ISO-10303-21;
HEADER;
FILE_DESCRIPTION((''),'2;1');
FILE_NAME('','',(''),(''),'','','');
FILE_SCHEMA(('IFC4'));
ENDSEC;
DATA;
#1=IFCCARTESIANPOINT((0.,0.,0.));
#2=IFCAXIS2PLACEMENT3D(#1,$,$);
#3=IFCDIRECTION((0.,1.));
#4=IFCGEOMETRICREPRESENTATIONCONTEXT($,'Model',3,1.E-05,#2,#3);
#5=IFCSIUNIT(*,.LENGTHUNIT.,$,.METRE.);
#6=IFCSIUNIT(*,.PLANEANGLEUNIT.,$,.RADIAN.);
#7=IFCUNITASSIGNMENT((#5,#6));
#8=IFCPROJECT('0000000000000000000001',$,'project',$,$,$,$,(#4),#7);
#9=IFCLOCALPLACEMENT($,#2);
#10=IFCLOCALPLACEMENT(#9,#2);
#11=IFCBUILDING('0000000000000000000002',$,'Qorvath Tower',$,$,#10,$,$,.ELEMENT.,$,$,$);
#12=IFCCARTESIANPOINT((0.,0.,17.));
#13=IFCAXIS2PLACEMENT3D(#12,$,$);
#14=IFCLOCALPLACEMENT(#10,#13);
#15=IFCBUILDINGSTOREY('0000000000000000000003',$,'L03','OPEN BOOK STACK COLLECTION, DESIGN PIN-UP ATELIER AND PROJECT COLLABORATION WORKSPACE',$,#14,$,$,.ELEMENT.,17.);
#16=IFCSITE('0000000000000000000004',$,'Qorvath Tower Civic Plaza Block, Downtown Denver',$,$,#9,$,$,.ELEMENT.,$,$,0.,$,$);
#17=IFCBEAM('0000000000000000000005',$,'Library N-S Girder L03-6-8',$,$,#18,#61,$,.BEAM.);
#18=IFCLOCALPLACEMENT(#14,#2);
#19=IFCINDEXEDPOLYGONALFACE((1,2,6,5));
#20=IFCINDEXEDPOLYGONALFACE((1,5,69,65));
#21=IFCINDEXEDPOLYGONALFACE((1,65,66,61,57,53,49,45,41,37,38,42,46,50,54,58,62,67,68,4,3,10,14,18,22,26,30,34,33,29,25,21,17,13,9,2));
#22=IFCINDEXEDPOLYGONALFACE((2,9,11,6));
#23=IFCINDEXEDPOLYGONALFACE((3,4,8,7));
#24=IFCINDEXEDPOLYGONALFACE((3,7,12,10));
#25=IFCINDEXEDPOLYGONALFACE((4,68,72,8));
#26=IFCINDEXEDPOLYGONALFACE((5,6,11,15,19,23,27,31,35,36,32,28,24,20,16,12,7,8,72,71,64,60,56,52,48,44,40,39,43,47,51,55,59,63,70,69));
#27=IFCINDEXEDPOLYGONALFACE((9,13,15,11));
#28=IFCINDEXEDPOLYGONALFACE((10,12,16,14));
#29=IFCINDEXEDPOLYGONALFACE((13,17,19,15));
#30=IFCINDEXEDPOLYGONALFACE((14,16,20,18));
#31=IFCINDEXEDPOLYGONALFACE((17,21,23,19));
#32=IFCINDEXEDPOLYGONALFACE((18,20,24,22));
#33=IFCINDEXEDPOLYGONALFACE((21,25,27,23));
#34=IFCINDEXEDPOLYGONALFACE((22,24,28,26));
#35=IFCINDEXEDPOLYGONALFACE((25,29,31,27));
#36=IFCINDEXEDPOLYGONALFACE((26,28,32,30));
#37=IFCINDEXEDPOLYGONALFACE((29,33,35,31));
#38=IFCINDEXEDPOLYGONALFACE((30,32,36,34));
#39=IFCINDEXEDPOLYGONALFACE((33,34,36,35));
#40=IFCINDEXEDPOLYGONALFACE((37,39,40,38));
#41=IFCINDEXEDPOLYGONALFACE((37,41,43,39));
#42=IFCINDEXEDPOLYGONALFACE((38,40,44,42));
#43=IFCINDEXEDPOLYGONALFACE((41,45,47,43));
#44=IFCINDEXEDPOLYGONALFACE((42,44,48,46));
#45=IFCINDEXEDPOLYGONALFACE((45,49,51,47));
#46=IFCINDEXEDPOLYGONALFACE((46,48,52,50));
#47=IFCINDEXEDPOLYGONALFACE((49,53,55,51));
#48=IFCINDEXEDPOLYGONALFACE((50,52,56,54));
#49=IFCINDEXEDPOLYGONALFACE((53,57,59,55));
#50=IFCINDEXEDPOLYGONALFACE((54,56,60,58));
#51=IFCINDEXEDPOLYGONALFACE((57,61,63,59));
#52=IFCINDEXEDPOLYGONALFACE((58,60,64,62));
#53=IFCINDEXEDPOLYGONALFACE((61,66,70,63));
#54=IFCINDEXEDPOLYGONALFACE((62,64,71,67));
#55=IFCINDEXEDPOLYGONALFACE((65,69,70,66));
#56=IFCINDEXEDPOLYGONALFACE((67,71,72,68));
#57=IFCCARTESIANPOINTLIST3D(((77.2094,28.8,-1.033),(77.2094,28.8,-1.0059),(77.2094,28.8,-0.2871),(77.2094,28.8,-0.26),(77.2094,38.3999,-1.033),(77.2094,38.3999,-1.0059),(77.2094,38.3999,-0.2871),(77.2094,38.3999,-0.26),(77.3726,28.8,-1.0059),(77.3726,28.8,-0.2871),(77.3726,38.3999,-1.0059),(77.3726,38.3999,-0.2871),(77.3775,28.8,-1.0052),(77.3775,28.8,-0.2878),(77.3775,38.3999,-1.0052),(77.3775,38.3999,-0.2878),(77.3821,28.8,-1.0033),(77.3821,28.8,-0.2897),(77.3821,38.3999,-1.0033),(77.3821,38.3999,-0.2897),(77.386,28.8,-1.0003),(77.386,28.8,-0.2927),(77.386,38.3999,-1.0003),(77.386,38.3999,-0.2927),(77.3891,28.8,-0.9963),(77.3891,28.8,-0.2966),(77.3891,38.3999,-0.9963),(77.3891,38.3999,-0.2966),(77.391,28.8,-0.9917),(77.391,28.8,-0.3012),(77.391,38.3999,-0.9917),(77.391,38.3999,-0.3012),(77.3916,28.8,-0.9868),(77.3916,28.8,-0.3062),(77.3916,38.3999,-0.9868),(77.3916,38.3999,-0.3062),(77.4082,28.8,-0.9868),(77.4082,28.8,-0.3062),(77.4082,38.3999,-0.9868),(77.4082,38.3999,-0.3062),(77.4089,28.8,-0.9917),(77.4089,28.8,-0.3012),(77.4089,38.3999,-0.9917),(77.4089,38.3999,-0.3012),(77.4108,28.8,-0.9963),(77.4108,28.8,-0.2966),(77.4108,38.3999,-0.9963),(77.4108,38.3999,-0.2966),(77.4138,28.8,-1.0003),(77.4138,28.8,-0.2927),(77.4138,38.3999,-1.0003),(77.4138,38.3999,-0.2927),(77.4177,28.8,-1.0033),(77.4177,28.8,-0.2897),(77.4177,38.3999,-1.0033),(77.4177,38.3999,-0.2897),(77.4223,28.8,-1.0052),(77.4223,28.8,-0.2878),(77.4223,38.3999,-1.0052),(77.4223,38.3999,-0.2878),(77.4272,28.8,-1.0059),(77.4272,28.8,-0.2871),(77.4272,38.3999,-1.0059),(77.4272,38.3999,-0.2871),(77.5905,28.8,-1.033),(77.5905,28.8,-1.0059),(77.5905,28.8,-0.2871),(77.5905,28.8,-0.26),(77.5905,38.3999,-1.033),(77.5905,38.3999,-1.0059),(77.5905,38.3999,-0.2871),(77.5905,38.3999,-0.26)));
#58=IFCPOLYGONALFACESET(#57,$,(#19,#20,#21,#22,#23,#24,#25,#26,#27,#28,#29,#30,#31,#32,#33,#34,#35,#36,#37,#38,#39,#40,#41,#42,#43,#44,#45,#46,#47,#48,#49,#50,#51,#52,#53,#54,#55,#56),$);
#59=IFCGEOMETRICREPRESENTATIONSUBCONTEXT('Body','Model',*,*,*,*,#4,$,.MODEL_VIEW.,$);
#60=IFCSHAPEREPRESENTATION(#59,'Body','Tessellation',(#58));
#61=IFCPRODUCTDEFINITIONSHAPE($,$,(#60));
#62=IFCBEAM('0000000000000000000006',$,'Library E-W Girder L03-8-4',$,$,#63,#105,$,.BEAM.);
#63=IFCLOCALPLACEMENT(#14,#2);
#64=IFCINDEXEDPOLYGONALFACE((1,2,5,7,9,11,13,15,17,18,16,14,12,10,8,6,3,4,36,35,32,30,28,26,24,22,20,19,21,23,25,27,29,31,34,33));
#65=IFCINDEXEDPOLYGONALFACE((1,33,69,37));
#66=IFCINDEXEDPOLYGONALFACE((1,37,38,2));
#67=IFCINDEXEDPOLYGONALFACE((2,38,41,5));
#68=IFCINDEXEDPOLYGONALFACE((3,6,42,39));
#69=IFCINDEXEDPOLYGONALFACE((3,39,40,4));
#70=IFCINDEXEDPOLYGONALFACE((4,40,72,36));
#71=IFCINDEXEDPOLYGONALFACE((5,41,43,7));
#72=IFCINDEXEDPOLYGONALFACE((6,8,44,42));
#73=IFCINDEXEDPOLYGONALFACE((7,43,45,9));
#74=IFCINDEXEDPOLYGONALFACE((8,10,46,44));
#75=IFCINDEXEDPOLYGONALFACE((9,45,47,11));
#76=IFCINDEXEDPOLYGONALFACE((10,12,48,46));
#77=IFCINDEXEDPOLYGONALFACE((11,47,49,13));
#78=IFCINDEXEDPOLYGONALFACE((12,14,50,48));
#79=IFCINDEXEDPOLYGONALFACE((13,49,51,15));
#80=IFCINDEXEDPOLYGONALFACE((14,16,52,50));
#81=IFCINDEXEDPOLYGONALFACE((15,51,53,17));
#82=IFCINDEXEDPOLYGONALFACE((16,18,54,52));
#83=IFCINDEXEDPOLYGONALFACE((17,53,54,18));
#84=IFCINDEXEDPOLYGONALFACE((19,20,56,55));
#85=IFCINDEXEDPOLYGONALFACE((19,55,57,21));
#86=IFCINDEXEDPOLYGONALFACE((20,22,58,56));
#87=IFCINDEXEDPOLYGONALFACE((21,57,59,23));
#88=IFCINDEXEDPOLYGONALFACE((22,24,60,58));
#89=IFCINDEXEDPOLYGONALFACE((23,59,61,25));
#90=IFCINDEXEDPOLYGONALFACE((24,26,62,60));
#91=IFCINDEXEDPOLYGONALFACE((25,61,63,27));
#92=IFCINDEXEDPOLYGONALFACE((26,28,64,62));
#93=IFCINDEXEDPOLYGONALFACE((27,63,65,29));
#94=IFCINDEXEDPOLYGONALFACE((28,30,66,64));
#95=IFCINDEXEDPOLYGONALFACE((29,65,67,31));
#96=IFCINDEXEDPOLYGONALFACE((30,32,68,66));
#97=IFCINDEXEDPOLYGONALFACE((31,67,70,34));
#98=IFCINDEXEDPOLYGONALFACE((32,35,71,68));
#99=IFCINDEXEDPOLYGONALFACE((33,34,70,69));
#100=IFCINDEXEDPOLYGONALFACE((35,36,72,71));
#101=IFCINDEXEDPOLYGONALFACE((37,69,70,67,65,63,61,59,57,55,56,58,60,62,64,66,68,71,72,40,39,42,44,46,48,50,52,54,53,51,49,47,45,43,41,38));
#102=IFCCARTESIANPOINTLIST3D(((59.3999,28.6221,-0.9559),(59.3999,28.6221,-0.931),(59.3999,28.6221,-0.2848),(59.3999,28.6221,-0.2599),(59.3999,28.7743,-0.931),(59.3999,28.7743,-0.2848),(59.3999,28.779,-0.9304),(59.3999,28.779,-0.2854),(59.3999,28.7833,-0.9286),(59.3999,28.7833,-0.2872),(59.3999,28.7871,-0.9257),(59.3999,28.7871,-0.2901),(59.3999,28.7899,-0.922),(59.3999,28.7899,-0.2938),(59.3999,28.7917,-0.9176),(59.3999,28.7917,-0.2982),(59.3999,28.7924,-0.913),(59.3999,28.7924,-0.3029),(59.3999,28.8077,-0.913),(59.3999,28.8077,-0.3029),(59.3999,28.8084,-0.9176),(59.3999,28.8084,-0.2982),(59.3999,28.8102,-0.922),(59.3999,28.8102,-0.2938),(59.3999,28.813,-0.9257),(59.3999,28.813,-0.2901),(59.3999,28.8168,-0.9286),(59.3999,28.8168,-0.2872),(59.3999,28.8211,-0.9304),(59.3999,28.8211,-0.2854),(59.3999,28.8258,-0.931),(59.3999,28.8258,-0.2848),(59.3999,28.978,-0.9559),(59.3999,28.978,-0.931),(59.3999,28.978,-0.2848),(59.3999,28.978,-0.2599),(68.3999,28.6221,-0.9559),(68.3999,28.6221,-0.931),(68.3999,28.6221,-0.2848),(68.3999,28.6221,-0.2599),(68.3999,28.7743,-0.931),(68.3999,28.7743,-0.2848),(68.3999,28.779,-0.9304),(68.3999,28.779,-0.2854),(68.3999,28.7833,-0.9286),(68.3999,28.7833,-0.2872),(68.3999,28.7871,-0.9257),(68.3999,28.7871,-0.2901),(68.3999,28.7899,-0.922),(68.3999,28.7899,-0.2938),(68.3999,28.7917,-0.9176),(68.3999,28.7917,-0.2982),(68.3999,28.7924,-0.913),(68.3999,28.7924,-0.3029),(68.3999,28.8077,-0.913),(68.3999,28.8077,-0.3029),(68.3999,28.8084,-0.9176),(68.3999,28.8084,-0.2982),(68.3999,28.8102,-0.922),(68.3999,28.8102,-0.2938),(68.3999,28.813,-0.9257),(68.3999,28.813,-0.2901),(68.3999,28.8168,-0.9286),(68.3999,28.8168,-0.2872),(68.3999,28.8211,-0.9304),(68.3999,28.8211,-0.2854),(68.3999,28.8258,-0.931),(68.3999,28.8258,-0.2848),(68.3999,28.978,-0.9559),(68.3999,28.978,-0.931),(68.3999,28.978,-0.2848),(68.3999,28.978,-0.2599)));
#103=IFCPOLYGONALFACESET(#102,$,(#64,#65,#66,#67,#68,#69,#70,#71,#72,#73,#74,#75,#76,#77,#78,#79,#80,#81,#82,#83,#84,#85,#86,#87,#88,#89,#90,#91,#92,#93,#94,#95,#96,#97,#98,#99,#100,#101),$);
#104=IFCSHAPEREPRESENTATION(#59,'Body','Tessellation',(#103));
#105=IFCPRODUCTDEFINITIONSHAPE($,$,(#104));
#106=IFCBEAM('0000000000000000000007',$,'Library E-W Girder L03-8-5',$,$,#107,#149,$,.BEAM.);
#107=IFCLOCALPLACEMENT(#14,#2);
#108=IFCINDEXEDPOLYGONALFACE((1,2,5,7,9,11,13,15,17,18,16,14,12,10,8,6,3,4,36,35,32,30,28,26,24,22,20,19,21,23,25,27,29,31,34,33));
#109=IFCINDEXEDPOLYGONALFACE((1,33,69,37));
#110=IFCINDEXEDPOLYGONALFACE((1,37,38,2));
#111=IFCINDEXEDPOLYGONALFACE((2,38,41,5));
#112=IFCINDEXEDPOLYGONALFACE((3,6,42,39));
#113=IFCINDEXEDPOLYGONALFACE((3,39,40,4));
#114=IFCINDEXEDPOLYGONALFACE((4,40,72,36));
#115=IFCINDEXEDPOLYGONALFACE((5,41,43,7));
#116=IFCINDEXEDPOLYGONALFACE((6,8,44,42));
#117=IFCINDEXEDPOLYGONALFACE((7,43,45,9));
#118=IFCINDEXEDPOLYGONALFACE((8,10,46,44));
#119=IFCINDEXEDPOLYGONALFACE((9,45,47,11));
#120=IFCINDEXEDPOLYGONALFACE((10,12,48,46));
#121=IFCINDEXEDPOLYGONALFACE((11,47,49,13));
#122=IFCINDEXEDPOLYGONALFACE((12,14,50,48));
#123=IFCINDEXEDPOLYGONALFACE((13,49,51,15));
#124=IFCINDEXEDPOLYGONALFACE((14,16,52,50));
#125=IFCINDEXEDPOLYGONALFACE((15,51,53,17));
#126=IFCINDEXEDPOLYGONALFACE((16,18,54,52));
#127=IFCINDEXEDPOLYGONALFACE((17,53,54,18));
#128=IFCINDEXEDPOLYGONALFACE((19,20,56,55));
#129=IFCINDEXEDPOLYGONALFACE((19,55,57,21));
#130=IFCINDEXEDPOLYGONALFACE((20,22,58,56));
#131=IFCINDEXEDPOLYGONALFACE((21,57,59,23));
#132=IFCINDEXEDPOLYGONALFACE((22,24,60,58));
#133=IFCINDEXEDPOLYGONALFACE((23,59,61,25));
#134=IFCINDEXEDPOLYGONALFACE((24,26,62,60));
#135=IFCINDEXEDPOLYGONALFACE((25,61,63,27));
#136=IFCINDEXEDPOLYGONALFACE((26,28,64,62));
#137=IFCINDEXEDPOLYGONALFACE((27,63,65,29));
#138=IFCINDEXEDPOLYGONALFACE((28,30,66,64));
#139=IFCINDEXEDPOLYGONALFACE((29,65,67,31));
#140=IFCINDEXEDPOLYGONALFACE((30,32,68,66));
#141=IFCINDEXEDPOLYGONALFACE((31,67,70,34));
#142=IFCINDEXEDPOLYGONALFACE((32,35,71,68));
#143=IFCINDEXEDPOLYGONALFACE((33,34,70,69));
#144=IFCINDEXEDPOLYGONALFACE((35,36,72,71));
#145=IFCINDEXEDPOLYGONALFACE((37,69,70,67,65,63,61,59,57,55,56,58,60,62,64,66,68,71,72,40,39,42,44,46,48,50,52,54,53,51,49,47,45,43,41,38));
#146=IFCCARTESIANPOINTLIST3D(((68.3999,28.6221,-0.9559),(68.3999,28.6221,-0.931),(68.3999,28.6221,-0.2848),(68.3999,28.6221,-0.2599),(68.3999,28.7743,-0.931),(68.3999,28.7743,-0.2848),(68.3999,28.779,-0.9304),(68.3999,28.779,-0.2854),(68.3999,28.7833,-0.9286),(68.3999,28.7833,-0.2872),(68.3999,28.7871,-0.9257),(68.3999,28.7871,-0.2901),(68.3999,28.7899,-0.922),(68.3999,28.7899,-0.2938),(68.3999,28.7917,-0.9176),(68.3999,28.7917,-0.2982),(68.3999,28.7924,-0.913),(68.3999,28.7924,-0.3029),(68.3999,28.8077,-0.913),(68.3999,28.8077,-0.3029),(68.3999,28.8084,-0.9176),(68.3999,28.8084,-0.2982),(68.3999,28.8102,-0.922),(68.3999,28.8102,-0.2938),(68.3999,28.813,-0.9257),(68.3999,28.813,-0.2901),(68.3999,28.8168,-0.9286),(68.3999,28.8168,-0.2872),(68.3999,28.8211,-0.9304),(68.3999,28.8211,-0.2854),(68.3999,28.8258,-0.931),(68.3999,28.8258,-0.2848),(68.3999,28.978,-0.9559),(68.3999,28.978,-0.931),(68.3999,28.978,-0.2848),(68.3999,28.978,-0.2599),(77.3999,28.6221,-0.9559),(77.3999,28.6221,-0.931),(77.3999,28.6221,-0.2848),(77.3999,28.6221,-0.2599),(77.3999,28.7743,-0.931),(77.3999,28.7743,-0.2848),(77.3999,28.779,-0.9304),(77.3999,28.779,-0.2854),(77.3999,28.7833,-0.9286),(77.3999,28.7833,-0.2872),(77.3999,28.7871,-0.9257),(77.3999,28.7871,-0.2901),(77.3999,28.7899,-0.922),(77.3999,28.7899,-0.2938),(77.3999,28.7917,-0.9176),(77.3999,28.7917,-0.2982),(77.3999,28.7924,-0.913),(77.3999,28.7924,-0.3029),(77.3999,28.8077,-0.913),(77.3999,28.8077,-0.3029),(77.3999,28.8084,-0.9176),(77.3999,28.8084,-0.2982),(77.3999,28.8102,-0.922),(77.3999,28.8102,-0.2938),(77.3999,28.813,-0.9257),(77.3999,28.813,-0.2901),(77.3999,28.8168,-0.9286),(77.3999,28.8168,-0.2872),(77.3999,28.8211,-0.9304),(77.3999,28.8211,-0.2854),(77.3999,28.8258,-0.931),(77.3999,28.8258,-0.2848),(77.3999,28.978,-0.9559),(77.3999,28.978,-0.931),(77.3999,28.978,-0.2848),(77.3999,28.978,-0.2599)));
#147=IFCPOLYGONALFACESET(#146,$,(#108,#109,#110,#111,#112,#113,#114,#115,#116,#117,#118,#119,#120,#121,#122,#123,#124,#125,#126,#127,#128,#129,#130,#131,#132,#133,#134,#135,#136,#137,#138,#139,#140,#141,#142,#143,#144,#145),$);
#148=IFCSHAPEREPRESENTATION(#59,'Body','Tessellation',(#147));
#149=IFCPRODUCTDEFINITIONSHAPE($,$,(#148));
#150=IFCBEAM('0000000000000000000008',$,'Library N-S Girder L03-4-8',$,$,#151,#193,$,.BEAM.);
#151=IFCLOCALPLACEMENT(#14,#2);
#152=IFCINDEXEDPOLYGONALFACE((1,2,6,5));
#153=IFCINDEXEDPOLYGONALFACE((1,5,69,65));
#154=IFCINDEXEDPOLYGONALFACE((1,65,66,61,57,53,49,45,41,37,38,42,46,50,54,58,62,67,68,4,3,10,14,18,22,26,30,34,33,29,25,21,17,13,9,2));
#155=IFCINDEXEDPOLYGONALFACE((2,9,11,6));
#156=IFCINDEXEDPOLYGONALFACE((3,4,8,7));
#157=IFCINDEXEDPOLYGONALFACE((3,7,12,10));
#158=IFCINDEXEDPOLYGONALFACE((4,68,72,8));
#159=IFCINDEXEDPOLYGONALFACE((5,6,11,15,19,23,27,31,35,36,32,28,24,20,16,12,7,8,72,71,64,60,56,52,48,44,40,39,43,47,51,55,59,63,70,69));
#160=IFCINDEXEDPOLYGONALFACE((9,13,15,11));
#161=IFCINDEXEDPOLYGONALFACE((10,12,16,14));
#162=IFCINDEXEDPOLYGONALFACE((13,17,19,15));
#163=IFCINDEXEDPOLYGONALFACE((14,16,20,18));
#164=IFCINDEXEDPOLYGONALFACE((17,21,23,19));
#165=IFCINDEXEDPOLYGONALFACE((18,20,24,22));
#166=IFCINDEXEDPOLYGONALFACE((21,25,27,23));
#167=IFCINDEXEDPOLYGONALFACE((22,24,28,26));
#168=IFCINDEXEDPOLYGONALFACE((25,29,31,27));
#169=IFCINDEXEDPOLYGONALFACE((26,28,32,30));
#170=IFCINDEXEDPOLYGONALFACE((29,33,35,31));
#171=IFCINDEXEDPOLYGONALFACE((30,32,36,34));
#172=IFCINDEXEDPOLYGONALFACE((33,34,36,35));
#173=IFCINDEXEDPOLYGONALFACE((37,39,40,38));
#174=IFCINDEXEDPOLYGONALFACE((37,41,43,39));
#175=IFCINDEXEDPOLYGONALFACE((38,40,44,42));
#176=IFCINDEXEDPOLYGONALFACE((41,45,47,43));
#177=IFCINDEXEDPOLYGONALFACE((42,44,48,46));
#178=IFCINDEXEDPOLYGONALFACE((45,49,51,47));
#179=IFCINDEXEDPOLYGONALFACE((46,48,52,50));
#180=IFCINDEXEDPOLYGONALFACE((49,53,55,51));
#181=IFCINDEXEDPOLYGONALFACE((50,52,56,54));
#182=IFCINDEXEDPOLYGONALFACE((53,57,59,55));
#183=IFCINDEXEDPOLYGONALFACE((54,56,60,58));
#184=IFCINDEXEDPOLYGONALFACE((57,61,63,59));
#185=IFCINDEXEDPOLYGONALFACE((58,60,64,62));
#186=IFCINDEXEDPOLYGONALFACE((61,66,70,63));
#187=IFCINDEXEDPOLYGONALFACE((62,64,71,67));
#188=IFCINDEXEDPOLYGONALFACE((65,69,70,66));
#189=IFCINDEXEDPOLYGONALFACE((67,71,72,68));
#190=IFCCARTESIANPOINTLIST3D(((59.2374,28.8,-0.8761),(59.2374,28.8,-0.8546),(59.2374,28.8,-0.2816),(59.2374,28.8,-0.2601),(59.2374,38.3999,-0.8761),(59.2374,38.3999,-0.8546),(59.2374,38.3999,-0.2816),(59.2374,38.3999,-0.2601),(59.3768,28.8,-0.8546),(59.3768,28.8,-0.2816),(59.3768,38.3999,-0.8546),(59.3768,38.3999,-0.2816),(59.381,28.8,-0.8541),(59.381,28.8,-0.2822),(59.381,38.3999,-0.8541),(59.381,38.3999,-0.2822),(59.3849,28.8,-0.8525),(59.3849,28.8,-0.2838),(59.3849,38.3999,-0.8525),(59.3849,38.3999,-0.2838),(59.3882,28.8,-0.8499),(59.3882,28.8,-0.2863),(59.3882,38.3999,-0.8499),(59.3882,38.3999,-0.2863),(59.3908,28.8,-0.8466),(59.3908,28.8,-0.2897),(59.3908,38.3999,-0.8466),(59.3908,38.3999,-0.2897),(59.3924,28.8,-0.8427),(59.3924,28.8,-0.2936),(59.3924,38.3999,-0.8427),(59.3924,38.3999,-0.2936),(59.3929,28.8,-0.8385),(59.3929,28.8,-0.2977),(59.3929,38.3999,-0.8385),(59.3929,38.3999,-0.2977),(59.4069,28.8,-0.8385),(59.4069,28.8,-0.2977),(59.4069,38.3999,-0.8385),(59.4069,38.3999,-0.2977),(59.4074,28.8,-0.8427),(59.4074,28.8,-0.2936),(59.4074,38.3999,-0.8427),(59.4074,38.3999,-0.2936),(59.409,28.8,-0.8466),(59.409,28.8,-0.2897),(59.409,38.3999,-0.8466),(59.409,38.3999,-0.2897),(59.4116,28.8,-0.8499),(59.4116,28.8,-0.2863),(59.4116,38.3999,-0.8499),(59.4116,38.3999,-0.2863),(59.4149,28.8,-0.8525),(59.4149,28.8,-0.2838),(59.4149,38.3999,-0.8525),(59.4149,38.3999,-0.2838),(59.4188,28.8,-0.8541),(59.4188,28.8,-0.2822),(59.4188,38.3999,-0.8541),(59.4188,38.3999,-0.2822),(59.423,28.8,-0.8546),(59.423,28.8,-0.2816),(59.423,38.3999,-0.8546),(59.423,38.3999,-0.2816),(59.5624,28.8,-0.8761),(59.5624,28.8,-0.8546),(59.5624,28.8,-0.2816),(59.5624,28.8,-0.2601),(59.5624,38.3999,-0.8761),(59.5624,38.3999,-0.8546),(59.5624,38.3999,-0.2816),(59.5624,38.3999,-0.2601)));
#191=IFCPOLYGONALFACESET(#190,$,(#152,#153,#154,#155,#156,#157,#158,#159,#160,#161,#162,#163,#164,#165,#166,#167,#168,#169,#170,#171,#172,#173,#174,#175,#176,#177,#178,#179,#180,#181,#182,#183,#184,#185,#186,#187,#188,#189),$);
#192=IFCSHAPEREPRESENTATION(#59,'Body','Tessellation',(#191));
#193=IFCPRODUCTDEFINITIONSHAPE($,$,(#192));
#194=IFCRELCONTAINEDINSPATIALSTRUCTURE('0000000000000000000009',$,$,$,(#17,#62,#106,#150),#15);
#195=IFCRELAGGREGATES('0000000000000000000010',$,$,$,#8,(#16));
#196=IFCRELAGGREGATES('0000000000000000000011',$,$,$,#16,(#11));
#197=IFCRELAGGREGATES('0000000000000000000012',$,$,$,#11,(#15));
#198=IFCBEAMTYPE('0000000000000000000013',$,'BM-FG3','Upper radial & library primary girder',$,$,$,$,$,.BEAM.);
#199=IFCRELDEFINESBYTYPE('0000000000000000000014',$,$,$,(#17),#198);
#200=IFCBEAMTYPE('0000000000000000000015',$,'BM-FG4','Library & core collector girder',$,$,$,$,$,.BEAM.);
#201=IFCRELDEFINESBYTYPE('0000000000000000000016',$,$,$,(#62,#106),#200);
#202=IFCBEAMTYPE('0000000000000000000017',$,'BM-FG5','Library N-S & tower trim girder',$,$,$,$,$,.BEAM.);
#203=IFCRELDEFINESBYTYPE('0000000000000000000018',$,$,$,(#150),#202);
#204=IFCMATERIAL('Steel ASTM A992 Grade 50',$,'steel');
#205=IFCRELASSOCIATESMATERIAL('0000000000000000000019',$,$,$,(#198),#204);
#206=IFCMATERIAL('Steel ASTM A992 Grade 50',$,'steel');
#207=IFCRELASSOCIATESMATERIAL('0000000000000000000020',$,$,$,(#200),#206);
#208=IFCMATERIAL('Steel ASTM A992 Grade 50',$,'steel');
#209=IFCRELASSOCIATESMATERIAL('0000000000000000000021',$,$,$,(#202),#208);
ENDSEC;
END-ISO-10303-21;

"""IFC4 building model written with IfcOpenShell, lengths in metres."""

from ifc_helpers import new_model, si_unit, direction, frame, origin, origin_2d, place, context, subcontext, project, spatial, i_section, extrude, material, material_profile, profile_set, type_object, element, save


model = new_model("IFC4")

# Units and contexts
model_context = context("Model", 3, precision=1e-05, world=origin(), true_north=direction((0.0, 1.0)))
body_context = subcontext(model_context, "Body", "Model", "MODEL_VIEW")
ifc_project = project(units=[si_unit("LENGTHUNIT", "METRE"), si_unit("PLANEANGLEUNIT", "RADIAN")], contexts=[model_context])

# Site, building, storey
site_placement = place(None, origin())
site = spatial("IfcSite", under=ifc_project, at=site_placement, Name="Qorvath Tower Civic Plaza Block, Downtown Denver", CompositionType="ELEMENT", RefElevation=0.0)
building_placement = place(site_placement, origin())
building = spatial("IfcBuilding", under=site, at=building_placement, Name="Qorvath Tower", CompositionType="ELEMENT")
storey_placement = place(building_placement, frame((0.0, 0.0, 17.0)))
storey = spatial("IfcBuildingStorey", under=building, at=storey_placement, Name="L03", Description="OPEN BOOK STACK COLLECTION, DESIGN PIN-UP ATELIER AND PROJECT COLLABORATION WORKSPACE", CompositionType="ELEMENT", Elevation=17.0)

# Beams
ifc_material_1 = material(Name="Steel ASTM A992 Grade 50", Category="steel")
ifc_material_profile_1 = material_profile(ifc_material_1, i_section(OverallWidth=0.3811, OverallDepth=0.7729, WebThickness=0.0166, FlangeThickness=0.0271, FilletRadius=0.019, at=origin_2d()), Name="W30x173")
ifc_profile_set_1 = profile_set([ifc_material_profile_1], Name="Steel ASTM A992 Grade 50")
beam_type_1 = type_object("IfcBeamType", Name="BM-FG3", Description="Upper radial & library primary girder", PredefinedType="BEAM", material=ifc_profile_set_1)
beam_1_placement = place(storey_placement, frame((77.3999, 28.8, -0.6465), z_axis=(0.0, 1.0, 0.0), x_axis=(-1.0, 0.0, 0.0)))
element("IfcBeam", 1, at=beam_1_placement, inside=storey, type_object=beam_type_1, Name="Library N-S Girder L03-6-8", PredefinedType="BEAM", context=body_context, shape_type="SweptSolid", body=[
    extrude(i_section(OverallWidth=0.3811, OverallDepth=0.7729, WebThickness=0.0166, FlangeThickness=0.0271, FilletRadius=0.019, at=origin_2d()), origin(), (0.0, 0.0, 1.0), 9.5999),
])
ifc_material_2 = material(Name="Steel ASTM A992 Grade 50", Category="steel")
ifc_material_profile_2 = material_profile(ifc_material_2, i_section(OverallWidth=0.356, OverallDepth=0.696, WebThickness=0.0154, FlangeThickness=0.0249, FilletRadius=0.0181, at=origin_2d()), Name="W27x146")
ifc_profile_set_2 = profile_set([ifc_material_profile_2], Name="Steel ASTM A992 Grade 50")
beam_type_2 = type_object("IfcBeamType", Name="BM-FG4", Description="Library & core collector girder", PredefinedType="BEAM", material=ifc_profile_set_2)
for number, where, z_axis, x_axis, name in (
    (2, (59.3999, 28.8, -0.6079), (1.0, 0.0, 0.0), (0.0, 1.0, 0.0), "Library E-W Girder L03-8-4"),
    (3, (68.3999, 28.8, -0.6079), (1.0, 0.0, 0.0), (0.0, 1.0, 0.0), "Library E-W Girder L03-8-5"),
):
    element("IfcBeam", number, at=place(storey_placement, frame(where, z_axis=z_axis, x_axis=x_axis)), inside=storey, type_object=beam_type_2, Name=name, PredefinedType="BEAM", context=body_context, shape_type="SweptSolid", body=[
        extrude(i_section(OverallWidth=0.356, OverallDepth=0.696, WebThickness=0.0154, FlangeThickness=0.0249, FilletRadius=0.0181, at=origin_2d()), origin(), (0.0, 0.0, 1.0), 9.0),
    ])
ifc_material_3 = material(Name="Steel ASTM A992 Grade 50", Category="steel")
ifc_material_profile_3 = material_profile(ifc_material_3, i_section(OverallWidth=0.325, OverallDepth=0.616, WebThickness=0.0139, FlangeThickness=0.0215, FilletRadius=0.0161, at=origin_2d()), Name="W24x117")
ifc_profile_set_3 = profile_set([ifc_material_profile_3], Name="Steel ASTM A992 Grade 50")
beam_type_3 = type_object("IfcBeamType", Name="BM-FG5", Description="Library N-S & tower trim girder", PredefinedType="BEAM", material=ifc_profile_set_3)
for number, where, z_axis, x_axis, name in (
    (4, (59.3999, 28.8, -0.5681), (0.0, 1.0, 0.0), (-1.0, 0.0, 0.0), "Library N-S Girder L03-4-8"),
):
    element("IfcBeam", number, at=place(storey_placement, frame(where, z_axis=z_axis, x_axis=x_axis)), inside=storey, type_object=beam_type_3, Name=name, PredefinedType="BEAM", context=body_context, shape_type="SweptSolid", body=[
        extrude(i_section(OverallWidth=0.325, OverallDepth=0.616, WebThickness=0.0139, FlangeThickness=0.0215, FilletRadius=0.0161, at=origin_2d()), origin(), (0.0, 0.0, 1.0), 9.5999),
    ])

save(model, "model.ifc")
